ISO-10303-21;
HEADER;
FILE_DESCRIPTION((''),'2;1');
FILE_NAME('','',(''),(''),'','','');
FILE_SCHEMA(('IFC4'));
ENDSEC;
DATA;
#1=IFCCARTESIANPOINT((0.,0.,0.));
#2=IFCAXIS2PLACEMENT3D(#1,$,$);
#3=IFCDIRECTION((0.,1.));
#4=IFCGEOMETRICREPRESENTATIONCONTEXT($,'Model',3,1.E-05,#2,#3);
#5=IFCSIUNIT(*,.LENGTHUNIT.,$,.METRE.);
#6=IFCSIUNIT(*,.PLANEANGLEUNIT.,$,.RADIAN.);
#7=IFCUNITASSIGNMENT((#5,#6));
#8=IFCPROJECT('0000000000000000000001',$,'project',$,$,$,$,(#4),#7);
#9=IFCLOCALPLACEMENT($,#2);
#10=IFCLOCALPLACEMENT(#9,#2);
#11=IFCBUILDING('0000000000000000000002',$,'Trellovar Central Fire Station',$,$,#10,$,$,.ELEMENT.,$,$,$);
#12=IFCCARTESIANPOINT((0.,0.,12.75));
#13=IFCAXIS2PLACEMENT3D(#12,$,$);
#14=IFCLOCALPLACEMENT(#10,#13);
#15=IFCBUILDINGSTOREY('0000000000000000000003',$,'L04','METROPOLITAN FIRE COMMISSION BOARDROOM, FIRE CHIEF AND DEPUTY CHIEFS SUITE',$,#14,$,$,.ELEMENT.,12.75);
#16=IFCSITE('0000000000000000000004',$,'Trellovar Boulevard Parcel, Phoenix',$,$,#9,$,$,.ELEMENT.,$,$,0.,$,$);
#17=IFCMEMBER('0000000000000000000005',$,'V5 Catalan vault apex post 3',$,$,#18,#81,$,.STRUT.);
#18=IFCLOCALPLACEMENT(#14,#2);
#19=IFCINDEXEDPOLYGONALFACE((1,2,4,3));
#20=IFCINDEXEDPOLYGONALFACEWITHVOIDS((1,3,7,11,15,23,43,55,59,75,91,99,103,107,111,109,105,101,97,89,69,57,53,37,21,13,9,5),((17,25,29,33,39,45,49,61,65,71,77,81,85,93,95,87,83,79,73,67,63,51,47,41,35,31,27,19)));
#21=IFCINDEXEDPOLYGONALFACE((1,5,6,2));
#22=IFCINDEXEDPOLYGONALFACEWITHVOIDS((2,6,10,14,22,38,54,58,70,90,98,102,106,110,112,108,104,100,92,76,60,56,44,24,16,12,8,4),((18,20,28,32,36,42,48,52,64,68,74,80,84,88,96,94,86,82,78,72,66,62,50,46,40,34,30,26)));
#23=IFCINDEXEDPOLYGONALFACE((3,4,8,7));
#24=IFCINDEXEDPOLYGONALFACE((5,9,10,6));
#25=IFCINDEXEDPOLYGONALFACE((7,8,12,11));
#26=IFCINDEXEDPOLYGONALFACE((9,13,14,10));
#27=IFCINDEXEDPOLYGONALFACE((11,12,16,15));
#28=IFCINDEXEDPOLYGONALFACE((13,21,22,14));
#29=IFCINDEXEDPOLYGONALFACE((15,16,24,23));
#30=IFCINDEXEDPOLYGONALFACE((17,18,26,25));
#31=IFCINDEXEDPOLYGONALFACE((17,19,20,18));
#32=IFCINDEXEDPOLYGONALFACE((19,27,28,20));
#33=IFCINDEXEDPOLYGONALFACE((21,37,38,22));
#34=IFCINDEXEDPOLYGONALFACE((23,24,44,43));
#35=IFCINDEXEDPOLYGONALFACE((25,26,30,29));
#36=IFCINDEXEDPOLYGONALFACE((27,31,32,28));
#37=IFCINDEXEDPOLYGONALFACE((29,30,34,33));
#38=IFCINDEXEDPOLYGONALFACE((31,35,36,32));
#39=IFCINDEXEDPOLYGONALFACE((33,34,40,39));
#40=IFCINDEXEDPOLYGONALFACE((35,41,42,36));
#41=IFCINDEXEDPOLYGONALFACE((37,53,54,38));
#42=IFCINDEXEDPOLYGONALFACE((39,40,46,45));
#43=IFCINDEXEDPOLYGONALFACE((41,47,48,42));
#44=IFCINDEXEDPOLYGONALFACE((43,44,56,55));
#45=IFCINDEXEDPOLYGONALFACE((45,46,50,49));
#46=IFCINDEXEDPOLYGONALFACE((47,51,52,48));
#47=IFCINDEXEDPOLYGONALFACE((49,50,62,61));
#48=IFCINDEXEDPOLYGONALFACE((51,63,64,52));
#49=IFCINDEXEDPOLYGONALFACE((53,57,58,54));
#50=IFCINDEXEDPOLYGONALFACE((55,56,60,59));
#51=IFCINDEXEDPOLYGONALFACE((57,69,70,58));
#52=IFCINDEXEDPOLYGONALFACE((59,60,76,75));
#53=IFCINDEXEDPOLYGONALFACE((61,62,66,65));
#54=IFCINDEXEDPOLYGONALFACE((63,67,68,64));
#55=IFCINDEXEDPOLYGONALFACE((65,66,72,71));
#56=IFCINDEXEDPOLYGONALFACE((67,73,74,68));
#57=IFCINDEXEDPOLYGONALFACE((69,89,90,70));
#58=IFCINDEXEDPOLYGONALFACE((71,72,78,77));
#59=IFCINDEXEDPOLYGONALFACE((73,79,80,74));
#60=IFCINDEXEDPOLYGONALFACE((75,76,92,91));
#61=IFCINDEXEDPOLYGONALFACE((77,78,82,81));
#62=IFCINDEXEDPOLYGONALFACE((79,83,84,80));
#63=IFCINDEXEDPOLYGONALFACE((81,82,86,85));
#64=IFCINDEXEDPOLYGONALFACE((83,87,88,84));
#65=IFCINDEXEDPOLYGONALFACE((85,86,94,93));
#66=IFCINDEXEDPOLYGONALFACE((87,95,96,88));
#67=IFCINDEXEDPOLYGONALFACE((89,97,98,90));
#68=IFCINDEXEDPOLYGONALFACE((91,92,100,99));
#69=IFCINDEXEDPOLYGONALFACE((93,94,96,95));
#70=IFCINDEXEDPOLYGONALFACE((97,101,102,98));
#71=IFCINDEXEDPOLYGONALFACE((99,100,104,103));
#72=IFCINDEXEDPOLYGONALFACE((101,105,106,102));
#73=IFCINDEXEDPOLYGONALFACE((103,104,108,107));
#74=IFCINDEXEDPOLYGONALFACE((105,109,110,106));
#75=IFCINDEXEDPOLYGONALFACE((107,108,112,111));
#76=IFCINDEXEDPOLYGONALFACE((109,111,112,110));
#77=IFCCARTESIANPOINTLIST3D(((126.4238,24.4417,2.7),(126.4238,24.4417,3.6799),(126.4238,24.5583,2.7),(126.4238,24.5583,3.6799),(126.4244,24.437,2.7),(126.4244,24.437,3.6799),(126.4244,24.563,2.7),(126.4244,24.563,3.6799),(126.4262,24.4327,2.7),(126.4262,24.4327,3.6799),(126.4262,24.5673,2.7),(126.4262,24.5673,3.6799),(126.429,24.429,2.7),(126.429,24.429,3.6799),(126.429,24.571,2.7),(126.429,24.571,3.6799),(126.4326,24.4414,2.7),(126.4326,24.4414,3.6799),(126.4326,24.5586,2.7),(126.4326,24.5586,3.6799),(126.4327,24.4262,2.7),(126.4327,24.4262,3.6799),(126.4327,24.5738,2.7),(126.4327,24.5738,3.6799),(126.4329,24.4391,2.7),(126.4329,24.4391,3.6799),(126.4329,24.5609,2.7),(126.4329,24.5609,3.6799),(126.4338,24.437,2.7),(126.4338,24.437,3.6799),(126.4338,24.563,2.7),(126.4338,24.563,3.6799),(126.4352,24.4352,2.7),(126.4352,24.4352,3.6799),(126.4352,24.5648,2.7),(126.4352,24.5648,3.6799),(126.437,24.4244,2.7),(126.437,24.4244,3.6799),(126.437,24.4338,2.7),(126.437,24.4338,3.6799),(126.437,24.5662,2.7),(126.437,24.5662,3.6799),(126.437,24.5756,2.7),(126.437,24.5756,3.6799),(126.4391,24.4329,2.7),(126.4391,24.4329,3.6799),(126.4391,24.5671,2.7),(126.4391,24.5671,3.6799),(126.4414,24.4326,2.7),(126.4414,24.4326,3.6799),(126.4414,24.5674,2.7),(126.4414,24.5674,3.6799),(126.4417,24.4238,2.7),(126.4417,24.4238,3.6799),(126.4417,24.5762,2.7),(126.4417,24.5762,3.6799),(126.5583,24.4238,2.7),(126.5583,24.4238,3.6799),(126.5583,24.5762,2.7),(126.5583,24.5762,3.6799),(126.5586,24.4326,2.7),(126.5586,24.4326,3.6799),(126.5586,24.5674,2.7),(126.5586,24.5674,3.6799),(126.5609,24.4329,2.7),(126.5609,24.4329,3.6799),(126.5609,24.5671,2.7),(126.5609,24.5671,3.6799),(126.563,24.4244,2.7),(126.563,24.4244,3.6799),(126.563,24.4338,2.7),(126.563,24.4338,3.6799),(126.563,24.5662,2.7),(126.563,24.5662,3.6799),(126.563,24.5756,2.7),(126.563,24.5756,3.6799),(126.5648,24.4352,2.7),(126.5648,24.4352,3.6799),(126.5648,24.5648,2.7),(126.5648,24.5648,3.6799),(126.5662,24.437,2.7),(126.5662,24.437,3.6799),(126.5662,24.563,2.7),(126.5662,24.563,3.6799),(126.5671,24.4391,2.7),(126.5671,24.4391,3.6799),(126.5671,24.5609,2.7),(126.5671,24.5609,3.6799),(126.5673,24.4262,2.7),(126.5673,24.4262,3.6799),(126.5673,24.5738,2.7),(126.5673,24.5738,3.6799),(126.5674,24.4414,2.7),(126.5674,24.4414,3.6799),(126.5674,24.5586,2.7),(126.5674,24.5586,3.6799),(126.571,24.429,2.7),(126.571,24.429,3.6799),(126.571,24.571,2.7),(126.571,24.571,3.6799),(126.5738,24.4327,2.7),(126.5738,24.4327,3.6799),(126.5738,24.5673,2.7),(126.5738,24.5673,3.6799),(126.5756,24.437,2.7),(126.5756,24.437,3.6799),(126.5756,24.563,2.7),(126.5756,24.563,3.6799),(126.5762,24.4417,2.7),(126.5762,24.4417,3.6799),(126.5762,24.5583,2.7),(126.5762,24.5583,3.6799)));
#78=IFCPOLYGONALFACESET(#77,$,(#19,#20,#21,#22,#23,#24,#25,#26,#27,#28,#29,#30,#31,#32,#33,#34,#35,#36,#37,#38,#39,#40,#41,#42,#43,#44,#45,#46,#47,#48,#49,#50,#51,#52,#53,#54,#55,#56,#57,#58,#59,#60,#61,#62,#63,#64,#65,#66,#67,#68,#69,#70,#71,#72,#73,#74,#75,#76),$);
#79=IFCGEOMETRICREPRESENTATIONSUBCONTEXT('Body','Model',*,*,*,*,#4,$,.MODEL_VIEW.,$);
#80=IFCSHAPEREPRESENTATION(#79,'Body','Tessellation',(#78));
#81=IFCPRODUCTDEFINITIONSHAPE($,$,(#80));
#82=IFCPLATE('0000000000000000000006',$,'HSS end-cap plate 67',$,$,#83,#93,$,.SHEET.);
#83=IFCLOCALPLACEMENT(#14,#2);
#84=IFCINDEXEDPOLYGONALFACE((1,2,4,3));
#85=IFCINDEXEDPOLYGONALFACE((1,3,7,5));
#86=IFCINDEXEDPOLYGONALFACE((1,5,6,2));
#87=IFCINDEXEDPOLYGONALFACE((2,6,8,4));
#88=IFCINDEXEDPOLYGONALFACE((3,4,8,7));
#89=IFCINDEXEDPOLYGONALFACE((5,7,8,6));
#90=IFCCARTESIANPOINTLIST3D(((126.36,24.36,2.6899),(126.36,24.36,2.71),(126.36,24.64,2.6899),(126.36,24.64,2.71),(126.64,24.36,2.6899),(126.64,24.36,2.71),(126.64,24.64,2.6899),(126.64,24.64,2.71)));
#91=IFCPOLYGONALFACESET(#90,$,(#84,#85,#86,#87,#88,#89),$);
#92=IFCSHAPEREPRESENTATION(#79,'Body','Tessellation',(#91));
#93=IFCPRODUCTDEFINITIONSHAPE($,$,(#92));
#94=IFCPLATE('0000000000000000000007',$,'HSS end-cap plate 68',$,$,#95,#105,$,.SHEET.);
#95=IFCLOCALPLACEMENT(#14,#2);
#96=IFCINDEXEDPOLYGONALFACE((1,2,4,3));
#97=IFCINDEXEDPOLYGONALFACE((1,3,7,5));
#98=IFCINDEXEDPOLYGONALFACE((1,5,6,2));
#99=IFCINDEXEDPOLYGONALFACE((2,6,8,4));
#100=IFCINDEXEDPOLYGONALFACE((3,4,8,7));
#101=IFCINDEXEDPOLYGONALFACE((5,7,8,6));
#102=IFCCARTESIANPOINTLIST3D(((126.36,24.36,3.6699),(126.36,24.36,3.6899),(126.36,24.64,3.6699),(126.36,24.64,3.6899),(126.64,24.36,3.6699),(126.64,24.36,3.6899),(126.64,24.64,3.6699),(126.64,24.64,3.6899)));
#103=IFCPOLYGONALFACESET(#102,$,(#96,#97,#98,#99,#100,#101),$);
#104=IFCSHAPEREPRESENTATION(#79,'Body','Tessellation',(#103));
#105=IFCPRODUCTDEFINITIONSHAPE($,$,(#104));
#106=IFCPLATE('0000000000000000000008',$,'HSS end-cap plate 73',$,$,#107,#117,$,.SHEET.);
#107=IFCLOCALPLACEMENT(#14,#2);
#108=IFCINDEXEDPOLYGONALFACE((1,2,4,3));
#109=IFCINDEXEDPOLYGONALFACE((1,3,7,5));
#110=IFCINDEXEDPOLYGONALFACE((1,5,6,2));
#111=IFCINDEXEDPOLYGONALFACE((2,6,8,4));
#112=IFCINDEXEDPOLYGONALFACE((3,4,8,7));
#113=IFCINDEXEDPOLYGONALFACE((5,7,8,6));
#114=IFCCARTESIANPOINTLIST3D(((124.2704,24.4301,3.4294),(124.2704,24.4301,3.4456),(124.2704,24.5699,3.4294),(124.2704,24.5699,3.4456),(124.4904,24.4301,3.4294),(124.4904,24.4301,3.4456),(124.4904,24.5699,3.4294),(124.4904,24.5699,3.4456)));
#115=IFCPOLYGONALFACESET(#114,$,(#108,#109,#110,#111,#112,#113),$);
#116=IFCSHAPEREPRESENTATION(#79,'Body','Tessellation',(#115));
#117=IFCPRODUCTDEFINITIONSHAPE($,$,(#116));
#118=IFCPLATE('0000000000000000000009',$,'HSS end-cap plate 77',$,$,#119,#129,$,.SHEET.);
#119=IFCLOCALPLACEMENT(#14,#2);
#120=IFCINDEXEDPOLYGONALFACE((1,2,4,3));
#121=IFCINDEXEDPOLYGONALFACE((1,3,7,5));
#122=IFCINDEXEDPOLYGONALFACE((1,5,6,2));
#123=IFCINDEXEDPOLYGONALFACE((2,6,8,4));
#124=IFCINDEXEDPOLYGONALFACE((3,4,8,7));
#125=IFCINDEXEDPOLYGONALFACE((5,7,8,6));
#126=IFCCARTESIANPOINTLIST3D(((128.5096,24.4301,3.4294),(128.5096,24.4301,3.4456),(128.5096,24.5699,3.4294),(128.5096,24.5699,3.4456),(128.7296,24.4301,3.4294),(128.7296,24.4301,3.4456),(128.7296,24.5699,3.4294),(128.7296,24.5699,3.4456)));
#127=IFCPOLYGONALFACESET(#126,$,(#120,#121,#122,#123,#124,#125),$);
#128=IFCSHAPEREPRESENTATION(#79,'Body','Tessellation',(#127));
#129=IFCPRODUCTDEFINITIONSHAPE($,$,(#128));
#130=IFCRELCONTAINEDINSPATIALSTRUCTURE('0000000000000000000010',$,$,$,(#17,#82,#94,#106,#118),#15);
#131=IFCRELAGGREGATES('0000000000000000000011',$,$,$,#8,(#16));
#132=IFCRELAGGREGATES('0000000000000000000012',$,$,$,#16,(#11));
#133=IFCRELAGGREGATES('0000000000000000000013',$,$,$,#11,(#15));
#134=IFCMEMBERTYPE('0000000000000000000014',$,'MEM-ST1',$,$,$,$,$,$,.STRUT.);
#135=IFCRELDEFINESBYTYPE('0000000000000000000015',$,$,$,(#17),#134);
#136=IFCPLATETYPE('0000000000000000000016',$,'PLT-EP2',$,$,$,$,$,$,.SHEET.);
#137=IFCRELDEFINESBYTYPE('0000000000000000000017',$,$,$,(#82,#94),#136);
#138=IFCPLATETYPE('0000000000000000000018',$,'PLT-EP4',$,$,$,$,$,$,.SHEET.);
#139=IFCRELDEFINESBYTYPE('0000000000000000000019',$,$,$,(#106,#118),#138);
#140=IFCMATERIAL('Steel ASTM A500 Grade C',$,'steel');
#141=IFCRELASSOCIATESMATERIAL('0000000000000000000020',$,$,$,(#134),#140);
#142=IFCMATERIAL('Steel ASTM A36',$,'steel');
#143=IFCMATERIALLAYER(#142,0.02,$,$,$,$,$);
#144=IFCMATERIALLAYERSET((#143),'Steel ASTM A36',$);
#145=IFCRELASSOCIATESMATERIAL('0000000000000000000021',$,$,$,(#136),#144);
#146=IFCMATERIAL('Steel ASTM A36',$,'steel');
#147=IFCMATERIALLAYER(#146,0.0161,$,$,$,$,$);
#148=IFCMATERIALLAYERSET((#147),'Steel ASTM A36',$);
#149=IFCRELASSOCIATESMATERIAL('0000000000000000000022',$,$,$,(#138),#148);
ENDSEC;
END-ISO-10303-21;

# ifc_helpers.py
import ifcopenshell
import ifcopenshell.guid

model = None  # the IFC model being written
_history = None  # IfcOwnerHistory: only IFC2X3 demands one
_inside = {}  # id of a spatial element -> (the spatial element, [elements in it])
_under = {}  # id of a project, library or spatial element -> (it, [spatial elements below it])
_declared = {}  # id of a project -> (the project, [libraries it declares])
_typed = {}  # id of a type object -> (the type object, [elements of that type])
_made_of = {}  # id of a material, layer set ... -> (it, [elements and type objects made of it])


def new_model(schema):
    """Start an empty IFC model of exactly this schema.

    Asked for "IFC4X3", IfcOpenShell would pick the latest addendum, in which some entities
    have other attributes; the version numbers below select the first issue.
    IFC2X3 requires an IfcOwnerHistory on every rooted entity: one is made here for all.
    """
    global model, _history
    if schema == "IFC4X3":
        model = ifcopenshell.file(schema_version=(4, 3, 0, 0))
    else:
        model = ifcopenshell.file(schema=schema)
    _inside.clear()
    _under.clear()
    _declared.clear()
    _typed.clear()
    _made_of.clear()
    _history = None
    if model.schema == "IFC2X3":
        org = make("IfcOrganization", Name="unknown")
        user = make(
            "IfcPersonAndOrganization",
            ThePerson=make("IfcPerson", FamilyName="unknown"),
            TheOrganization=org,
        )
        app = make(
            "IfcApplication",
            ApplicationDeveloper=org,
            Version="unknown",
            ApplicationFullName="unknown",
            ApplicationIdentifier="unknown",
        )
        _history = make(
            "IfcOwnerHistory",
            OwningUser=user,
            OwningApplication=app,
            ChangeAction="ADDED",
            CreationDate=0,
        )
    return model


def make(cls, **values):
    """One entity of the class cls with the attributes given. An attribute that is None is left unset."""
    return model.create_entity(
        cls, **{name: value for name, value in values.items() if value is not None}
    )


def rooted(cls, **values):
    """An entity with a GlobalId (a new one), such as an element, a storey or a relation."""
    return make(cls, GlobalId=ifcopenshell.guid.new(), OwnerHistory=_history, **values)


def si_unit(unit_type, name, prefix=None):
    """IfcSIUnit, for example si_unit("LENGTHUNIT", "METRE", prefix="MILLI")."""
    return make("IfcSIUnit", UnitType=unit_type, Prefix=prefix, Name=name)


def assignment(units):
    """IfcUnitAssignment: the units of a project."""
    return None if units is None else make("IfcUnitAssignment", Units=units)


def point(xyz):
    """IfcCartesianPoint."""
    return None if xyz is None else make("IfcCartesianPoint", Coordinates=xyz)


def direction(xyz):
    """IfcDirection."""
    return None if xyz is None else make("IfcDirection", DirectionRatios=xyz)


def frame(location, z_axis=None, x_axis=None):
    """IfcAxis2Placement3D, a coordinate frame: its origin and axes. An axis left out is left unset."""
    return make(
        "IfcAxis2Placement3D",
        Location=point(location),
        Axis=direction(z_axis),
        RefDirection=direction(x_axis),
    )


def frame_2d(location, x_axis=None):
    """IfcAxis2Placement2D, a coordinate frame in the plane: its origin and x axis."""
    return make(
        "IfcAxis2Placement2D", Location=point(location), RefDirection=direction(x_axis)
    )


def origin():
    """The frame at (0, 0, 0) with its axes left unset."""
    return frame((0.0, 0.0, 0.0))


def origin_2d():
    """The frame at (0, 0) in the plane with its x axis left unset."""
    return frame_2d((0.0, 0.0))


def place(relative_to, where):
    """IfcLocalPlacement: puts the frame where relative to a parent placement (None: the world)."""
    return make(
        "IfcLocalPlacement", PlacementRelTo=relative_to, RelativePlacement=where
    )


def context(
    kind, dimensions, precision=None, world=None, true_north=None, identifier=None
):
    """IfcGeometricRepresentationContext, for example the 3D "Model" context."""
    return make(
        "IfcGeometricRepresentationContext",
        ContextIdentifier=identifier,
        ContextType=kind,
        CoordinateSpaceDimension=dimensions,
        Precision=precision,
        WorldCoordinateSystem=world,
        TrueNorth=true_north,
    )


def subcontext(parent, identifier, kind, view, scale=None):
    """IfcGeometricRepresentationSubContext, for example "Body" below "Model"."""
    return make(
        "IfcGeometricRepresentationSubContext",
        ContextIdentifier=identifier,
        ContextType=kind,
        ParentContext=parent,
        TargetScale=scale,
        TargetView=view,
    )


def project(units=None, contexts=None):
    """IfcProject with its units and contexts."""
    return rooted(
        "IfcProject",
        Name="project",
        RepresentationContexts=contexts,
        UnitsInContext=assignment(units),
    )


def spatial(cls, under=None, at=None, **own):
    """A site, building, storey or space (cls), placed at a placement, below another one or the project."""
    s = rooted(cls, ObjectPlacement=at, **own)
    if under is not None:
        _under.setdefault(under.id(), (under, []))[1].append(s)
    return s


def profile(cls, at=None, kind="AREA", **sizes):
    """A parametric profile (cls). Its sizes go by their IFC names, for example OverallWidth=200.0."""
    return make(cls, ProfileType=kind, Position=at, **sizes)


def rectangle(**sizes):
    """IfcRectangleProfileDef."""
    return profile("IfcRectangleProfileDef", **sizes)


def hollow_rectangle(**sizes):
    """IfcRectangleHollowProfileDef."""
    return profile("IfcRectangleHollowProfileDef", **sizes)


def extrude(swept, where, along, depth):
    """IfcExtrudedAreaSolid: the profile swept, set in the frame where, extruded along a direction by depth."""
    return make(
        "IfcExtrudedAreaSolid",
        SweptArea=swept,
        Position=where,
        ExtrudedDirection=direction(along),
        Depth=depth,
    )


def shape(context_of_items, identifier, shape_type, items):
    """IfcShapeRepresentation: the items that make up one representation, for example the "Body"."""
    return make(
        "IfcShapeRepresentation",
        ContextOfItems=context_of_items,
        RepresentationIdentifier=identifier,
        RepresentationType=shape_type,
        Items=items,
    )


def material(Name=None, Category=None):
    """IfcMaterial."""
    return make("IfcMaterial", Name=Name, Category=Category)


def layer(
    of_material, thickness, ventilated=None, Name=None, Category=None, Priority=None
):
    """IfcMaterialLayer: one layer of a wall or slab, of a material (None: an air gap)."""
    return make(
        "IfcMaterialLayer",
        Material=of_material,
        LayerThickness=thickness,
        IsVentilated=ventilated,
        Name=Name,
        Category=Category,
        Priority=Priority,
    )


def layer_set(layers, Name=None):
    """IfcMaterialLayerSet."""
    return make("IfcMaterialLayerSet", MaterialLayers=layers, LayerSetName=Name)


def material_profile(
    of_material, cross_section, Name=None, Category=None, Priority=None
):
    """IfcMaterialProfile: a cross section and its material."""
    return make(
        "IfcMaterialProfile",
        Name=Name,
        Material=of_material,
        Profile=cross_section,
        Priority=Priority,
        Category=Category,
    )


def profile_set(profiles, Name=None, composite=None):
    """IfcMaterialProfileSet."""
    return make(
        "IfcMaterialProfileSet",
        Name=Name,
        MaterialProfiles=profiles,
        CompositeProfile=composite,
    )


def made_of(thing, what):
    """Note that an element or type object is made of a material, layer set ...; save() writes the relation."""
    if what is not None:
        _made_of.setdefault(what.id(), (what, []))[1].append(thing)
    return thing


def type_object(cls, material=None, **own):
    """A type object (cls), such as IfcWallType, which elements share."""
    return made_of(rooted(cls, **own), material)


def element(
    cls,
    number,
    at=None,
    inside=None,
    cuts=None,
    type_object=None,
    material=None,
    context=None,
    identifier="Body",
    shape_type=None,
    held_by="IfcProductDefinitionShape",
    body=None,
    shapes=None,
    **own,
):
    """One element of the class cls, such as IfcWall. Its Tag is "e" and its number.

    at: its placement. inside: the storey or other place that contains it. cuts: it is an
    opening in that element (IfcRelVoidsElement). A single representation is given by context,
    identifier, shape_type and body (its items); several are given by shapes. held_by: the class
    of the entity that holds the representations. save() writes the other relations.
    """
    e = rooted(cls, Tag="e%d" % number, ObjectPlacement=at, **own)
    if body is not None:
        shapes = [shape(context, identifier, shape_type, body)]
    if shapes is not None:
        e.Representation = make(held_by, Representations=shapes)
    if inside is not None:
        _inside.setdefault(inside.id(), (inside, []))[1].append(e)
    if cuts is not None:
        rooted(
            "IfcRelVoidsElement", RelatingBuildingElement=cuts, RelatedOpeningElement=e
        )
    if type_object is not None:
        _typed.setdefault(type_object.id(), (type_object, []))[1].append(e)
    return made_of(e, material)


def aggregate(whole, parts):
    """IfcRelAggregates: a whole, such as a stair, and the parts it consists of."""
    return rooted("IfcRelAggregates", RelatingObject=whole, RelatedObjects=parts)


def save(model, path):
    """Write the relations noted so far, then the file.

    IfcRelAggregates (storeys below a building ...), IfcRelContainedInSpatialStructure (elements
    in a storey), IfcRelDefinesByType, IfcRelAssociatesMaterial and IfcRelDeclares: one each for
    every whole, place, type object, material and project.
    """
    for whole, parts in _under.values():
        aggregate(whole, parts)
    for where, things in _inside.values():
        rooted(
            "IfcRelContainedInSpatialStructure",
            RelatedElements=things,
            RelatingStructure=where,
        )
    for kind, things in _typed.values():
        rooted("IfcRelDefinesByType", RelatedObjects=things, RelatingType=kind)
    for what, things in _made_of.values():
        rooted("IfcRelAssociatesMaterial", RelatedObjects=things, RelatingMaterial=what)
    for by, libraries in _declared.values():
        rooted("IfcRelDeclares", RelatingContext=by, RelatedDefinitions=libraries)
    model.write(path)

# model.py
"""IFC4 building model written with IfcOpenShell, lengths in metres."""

from ifc_helpers import new_model, si_unit, direction, frame, origin, origin_2d, place, context, subcontext, project, spatial, rectangle, hollow_rectangle, extrude, material, layer, layer_set, material_profile, profile_set, type_object, element, save


model = new_model("IFC4")

# Units and contexts
model_context = context("Model", 3, precision=1e-05, world=origin(), true_north=direction((0.0, 1.0)))
body_context = subcontext(model_context, "Body", "Model", "MODEL_VIEW")
ifc_project = project(units=[si_unit("LENGTHUNIT", "METRE"), si_unit("PLANEANGLEUNIT", "RADIAN")], contexts=[model_context])

# Site, building, storey
site_placement = place(None, origin())
site = spatial("IfcSite", under=ifc_project, at=site_placement, Name="Trellovar Boulevard Parcel, Phoenix", CompositionType="ELEMENT", RefElevation=0.0)
building_placement = place(site_placement, origin())
building = spatial("IfcBuilding", under=site, at=building_placement, Name="Trellovar Central Fire Station", CompositionType="ELEMENT")
storey_placement = place(building_placement, frame((0.0, 0.0, 12.75)))
storey = spatial("IfcBuildingStorey", under=building, at=storey_placement, Name="L04", Description="METROPOLITAN FIRE COMMISSION BOARDROOM, FIRE CHIEF AND DEPUTY CHIEFS SUITE", CompositionType="ELEMENT", Elevation=12.75)

# Member
ifc_material_1 = material(Name="Steel ASTM A500 Grade C", Category="steel")
ifc_material_profile_1 = material_profile(ifc_material_1, hollow_rectangle(XDim=0.1523, YDim=0.1523, WallThickness=0.0088, InnerFilletRadius=0.0088, OuterFilletRadius=0.0178, at=origin_2d()), Name="HSS6X6X3/8")
ifc_profile_set_1 = profile_set([ifc_material_profile_1], Name="Steel ASTM A500 Grade C")
member_type_1 = type_object("IfcMemberType", Name="MEM-ST1", PredefinedType="STRUT", material=ifc_profile_set_1)
member_1_placement = place(storey_placement, frame((126.5, 24.5, 2.7), z_axis=(0.0, 0.0, 1.0), x_axis=(1.0, 0.0, 0.0)))
element("IfcMember", 1, at=member_1_placement, inside=storey, type_object=member_type_1, Name="V5 Catalan vault apex post 3", PredefinedType="STRUT", context=body_context, shape_type="SweptSolid", body=[
    extrude(hollow_rectangle(XDim=0.1523, YDim=0.1523, WallThickness=0.0088, InnerFilletRadius=0.0088, OuterFilletRadius=0.0178, at=origin_2d()), origin(), (0.0, 0.0, 1.0), 0.98),
])

# Plates
ifc_material_2 = material(Name="Steel ASTM A36", Category="steel")
ifc_layer_1 = layer(ifc_material_2, 0.02)
ifc_layer_set_1 = layer_set([ifc_layer_1], Name="Steel ASTM A36")
plate_type_1 = type_object("IfcPlateType", Name="PLT-EP2", PredefinedType="SHEET", material=ifc_layer_set_1)
for number, where, z_axis, x_axis, name in (
    (2, (126.5, 24.5, 2.6899), (0.0, 0.0, 1.0), (1.0, 0.0, 0.0), "HSS end-cap plate 67"),
    (3, (126.5, 24.5, 3.6699), (0.0, 0.0, 1.0), (1.0, 0.0, 0.0), "HSS end-cap plate 68"),
):
    element("IfcPlate", number, at=place(storey_placement, frame(where, z_axis=z_axis, x_axis=x_axis)), inside=storey, type_object=plate_type_1, Name=name, PredefinedType="SHEET", context=body_context, shape_type="SweptSolid", body=[
        extrude(rectangle(XDim=0.28, YDim=0.28, at=origin_2d()), origin(), (0.0, 0.0, 1.0), 0.02),
    ])
ifc_material_3 = material(Name="Steel ASTM A36", Category="steel")
ifc_layer_2 = layer(ifc_material_3, 0.0161)
ifc_layer_set_2 = layer_set([ifc_layer_2], Name="Steel ASTM A36")
plate_type_2 = type_object("IfcPlateType", Name="PLT-EP4", PredefinedType="SHEET", material=ifc_layer_set_2)
for number, where, z_axis, x_axis, name in (
    (4, (124.3804, 24.5, 3.4294), (0.0, 0.0, 1.0), (1.0, 0.0, 0.0), "HSS end-cap plate 73"),
    (5, (128.6196, 24.5, 3.4294), (0.0, 0.0, 1.0), (1.0, 0.0, 0.0), "HSS end-cap plate 77"),
):
    element("IfcPlate", number, at=place(storey_placement, frame(where, z_axis=z_axis, x_axis=x_axis)), inside=storey, type_object=plate_type_2, Name=name, PredefinedType="SHEET", context=body_context, shape_type="SweptSolid", body=[
        extrude(rectangle(XDim=0.22, YDim=0.1399, at=origin_2d()), origin(), (0.0, 0.0, 1.0), 0.0161),
    ])

save(model, "model.ifc")
